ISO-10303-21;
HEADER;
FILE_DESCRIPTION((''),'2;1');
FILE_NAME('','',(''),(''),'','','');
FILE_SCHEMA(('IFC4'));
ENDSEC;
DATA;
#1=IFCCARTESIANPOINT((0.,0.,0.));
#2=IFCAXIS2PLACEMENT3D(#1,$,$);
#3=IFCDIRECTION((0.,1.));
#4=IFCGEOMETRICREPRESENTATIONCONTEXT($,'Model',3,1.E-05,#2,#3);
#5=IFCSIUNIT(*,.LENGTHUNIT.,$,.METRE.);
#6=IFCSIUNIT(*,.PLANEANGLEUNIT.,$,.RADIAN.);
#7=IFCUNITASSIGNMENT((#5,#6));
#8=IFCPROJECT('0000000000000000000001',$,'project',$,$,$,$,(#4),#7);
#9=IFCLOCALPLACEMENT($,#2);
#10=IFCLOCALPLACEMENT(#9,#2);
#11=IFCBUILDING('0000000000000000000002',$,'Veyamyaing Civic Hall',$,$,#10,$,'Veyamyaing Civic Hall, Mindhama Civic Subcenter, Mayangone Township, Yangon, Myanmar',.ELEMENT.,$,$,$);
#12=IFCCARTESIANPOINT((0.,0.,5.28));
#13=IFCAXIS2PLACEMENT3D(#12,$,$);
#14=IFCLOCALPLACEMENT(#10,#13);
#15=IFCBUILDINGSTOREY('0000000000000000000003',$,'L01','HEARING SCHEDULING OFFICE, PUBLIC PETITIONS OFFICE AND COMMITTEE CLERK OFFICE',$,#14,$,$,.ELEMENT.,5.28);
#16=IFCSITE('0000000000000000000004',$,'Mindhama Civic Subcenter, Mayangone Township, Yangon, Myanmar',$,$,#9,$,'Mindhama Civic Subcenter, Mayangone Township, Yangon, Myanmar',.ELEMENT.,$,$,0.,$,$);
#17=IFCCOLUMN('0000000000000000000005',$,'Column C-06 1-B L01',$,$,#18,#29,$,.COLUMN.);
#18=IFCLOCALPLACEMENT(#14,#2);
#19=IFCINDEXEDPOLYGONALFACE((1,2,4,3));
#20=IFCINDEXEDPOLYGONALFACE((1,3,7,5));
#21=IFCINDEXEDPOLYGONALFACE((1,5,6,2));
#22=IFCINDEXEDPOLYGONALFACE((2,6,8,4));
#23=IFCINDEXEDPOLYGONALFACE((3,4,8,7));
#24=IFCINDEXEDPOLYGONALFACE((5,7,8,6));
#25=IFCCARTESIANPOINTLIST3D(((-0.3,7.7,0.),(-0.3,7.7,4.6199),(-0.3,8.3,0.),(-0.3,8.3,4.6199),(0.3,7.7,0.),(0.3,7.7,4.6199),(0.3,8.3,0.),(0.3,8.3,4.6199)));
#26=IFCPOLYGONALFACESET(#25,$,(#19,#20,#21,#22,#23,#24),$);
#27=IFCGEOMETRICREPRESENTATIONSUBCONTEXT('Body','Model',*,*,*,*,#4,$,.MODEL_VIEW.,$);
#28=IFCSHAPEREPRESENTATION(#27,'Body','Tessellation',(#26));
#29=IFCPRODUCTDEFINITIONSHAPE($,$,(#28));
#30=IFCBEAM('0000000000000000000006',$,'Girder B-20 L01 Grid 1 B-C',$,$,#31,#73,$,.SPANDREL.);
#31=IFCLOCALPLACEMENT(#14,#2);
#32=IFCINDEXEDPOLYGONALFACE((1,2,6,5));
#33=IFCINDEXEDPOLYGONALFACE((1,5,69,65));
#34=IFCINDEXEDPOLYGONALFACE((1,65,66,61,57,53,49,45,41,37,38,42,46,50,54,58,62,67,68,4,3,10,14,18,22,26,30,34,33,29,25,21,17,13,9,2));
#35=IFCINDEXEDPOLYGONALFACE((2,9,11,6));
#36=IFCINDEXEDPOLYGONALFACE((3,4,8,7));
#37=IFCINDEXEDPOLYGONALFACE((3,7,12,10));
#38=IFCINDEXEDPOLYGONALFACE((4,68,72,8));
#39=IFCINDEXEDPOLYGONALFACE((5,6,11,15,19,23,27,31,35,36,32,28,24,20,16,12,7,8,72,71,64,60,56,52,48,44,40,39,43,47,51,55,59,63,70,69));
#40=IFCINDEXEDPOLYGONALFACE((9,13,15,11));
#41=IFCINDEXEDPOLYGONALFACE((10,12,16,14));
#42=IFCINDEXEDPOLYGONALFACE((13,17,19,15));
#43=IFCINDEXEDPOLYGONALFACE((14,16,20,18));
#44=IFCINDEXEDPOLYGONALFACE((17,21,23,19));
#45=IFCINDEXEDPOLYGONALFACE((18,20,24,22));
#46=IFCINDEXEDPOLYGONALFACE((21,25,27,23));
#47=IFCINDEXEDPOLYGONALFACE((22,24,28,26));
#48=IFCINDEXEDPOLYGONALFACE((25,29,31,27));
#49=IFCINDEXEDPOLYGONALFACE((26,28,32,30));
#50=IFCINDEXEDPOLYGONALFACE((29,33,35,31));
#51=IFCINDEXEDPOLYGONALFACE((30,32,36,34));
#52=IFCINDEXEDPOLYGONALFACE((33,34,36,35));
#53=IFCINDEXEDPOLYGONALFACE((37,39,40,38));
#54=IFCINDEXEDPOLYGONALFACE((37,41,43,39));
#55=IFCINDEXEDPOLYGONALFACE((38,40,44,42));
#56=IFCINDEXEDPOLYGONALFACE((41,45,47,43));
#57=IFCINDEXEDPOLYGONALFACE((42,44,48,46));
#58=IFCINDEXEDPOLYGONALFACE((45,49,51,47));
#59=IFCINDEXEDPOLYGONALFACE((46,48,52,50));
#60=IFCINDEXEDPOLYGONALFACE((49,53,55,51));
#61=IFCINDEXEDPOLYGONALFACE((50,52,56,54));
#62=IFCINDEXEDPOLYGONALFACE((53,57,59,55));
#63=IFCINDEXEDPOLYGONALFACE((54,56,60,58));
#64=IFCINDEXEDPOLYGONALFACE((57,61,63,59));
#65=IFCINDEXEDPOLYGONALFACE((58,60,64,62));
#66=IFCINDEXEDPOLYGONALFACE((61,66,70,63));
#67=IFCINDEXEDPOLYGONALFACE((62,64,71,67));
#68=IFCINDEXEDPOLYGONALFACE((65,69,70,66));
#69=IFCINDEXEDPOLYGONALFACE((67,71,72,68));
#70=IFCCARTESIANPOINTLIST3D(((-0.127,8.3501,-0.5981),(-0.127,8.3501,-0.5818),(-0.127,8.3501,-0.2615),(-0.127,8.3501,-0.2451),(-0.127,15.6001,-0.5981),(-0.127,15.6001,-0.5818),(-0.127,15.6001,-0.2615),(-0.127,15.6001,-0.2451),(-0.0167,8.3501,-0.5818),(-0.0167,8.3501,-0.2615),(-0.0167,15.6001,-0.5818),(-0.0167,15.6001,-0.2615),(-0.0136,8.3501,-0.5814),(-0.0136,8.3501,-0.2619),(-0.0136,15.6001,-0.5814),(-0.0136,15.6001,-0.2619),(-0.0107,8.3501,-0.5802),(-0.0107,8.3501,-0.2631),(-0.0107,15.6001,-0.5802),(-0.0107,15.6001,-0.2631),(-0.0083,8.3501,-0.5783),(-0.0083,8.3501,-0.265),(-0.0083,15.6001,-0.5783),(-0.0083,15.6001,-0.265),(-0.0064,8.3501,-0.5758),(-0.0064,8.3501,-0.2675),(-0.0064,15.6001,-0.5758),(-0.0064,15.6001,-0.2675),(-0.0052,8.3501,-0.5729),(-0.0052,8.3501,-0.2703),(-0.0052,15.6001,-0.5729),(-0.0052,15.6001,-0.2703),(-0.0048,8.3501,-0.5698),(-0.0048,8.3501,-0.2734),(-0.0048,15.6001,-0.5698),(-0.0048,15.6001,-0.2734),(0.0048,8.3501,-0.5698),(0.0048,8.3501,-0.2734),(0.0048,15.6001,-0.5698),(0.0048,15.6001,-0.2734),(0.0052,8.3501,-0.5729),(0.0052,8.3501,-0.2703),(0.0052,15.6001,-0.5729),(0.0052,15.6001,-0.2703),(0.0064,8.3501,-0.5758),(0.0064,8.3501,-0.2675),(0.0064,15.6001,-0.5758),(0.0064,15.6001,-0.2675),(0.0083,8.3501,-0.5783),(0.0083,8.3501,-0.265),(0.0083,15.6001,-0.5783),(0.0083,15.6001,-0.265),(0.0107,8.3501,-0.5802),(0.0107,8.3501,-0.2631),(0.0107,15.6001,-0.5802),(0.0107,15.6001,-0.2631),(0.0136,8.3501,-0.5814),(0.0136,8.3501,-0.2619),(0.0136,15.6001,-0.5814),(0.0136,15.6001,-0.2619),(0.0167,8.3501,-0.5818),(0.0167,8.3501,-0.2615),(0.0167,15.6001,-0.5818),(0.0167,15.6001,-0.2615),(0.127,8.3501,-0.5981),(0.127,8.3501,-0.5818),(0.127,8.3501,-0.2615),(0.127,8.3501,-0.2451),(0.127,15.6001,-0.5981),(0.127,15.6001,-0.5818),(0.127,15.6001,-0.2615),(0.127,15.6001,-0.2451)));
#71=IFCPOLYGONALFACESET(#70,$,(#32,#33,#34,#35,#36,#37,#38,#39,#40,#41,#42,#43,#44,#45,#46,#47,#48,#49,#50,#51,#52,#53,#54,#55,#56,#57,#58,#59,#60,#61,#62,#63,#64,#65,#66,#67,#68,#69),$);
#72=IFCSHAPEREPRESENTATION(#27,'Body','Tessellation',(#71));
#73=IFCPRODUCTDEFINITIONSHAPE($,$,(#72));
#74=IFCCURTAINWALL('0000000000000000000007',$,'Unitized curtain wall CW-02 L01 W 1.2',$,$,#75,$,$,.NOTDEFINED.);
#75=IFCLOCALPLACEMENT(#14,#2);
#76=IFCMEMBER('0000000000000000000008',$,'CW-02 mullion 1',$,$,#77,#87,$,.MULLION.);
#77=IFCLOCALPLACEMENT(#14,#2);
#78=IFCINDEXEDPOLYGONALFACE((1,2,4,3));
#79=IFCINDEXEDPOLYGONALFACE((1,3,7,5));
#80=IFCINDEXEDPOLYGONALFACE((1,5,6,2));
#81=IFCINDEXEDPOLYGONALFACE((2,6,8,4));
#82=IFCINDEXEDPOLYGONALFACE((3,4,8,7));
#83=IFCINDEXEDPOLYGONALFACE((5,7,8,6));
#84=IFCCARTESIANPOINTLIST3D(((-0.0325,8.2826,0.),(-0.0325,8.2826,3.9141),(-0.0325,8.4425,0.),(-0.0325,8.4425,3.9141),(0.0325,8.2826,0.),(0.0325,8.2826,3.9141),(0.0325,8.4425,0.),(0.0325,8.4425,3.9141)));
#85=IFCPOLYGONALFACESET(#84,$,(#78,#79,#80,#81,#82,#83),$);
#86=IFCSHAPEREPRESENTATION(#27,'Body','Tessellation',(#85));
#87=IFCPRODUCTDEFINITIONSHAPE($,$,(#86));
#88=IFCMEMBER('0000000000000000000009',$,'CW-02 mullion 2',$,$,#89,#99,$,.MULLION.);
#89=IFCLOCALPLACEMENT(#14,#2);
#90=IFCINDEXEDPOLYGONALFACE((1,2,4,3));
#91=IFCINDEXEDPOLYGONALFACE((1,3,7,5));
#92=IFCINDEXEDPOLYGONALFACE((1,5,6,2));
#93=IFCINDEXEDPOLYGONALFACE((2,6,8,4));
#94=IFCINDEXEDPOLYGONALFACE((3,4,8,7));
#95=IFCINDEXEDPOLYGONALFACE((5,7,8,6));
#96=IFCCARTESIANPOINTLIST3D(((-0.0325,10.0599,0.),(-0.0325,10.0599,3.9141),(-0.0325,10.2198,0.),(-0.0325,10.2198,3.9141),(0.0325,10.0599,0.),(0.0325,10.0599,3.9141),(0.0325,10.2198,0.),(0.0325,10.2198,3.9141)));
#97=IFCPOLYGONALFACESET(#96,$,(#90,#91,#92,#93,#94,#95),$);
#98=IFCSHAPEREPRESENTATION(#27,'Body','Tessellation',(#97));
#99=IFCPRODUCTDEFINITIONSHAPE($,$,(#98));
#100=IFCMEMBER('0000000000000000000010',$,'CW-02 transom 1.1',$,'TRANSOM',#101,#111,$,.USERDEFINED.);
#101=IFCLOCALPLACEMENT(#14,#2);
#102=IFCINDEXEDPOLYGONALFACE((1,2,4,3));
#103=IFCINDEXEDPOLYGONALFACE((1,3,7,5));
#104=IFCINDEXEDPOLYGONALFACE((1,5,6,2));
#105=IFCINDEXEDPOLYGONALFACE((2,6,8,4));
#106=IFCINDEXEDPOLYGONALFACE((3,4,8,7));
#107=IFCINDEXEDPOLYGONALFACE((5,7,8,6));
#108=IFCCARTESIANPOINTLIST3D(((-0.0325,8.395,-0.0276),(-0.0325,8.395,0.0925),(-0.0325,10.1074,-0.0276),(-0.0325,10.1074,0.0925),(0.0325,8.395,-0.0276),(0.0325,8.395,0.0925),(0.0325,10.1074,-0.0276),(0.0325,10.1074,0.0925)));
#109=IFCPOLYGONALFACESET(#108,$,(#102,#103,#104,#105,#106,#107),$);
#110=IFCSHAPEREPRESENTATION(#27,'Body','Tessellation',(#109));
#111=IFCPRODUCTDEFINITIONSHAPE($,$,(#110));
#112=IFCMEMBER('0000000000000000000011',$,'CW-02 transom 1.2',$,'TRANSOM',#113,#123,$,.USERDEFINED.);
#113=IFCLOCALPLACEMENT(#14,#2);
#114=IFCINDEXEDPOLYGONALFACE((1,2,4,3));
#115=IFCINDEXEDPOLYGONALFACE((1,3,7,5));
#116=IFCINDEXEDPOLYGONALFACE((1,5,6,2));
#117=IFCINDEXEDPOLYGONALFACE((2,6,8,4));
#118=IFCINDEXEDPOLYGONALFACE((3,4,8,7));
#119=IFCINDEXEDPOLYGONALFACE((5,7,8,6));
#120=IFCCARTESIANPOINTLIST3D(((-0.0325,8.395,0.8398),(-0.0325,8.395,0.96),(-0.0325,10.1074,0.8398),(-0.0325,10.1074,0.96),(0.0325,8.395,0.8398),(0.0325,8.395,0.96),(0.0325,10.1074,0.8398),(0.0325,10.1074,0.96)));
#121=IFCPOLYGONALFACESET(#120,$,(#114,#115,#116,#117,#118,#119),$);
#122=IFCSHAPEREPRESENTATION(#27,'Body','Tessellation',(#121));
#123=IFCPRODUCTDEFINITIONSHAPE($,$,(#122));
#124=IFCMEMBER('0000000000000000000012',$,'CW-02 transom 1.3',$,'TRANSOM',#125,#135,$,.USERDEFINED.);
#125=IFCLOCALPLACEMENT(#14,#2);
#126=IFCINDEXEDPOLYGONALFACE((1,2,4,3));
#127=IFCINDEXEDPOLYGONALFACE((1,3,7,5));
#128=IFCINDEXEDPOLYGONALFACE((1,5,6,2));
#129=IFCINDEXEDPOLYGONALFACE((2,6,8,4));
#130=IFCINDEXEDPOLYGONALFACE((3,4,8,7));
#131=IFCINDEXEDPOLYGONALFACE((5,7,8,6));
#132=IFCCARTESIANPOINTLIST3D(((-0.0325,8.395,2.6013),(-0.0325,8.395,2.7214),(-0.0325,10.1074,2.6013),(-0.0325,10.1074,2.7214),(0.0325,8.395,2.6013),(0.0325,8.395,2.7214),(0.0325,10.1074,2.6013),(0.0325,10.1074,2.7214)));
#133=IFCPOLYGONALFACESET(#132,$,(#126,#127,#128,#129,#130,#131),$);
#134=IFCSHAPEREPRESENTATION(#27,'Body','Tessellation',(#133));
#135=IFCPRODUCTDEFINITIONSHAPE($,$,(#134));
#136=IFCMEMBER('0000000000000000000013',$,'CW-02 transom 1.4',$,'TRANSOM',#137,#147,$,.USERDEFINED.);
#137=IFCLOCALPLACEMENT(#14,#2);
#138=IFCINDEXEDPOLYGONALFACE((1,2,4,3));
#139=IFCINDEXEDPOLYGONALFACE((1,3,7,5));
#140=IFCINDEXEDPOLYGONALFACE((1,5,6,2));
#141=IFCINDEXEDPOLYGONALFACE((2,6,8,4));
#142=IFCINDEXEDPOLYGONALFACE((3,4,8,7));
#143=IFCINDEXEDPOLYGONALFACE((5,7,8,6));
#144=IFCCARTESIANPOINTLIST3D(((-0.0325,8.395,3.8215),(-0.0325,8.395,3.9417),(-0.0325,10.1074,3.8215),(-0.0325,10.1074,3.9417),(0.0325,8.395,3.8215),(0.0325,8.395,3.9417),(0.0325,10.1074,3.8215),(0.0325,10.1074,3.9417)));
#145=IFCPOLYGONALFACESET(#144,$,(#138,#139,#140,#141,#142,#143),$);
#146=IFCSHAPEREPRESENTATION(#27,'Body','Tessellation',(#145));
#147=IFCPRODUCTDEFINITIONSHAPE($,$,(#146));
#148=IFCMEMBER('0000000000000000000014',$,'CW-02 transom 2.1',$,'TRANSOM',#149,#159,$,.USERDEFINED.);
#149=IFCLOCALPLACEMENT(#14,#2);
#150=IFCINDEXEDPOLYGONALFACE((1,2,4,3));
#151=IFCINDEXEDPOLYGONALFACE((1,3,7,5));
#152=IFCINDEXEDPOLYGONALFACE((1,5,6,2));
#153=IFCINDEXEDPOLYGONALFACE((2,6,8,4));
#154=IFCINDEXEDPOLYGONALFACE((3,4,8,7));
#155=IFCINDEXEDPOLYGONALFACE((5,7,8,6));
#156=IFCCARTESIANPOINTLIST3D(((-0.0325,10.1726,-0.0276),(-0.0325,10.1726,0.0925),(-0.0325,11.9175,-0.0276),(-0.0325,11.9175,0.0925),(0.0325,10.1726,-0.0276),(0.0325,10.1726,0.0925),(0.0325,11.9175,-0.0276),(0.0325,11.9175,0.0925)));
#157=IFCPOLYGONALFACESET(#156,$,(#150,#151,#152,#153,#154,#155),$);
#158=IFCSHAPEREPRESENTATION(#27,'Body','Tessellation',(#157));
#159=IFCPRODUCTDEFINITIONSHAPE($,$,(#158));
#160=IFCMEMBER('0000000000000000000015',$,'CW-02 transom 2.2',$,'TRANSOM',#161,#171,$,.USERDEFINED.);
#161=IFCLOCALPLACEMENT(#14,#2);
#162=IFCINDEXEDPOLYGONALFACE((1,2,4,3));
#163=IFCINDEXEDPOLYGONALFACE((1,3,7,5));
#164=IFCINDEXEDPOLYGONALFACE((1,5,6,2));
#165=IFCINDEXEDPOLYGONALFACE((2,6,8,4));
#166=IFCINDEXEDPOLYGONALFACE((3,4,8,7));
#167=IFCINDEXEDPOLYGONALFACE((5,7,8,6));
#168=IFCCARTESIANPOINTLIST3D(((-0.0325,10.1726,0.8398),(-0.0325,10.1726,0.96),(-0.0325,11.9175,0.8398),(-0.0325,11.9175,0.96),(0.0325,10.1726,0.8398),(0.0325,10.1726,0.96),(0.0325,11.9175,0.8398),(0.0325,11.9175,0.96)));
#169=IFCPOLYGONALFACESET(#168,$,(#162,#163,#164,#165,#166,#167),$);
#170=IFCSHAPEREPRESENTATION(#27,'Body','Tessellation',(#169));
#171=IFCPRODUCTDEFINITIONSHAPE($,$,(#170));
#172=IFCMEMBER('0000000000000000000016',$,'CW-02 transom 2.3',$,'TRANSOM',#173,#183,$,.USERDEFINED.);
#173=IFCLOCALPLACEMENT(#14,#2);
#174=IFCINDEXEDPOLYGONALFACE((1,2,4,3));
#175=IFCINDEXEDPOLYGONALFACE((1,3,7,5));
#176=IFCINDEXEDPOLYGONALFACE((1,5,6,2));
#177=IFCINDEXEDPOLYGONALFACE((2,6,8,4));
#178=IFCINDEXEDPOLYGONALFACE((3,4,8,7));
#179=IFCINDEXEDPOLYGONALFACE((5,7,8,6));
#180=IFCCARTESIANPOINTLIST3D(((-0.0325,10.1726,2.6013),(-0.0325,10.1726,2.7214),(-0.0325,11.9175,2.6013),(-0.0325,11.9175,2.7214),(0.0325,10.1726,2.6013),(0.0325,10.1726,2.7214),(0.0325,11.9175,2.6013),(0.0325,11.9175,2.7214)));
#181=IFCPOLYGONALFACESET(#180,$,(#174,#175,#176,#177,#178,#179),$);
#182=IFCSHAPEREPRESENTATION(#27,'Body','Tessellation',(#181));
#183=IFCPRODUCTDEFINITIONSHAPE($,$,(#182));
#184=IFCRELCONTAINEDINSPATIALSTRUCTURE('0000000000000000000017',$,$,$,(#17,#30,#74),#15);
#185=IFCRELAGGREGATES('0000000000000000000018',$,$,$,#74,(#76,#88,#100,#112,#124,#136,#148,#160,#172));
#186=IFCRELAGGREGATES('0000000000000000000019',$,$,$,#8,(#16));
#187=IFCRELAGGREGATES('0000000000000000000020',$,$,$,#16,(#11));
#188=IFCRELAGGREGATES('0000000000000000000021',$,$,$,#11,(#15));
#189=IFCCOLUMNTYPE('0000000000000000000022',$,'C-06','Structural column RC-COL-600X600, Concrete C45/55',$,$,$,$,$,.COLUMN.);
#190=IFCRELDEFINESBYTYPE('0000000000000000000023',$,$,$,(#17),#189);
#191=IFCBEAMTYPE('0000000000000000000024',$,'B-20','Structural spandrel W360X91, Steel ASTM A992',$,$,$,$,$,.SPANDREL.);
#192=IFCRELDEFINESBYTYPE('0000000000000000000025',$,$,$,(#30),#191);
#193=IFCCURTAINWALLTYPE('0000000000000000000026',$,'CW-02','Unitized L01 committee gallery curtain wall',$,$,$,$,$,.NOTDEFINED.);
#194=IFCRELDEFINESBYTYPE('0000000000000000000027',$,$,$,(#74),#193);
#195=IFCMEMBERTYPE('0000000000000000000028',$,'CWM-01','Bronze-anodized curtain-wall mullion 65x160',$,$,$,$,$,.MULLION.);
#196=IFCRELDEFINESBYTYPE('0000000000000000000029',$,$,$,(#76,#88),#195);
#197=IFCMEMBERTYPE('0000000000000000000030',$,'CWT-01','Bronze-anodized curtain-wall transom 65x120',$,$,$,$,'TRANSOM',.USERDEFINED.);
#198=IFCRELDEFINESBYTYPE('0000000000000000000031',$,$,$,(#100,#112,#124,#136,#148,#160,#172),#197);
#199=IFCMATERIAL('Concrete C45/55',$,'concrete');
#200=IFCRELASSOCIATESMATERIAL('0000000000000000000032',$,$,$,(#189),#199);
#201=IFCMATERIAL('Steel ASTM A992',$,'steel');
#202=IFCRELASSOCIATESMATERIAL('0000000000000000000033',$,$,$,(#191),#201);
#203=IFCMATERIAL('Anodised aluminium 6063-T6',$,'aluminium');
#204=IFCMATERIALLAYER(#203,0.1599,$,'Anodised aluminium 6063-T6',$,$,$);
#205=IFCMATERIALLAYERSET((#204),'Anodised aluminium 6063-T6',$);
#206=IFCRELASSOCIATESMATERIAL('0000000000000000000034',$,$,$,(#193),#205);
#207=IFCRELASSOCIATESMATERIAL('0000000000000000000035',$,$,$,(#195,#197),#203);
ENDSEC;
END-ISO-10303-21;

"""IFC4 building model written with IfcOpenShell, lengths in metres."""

from ifc_helpers import new_model, si_unit, direction, frame, origin, origin_2d, place, context, subcontext, project, spatial, rectangle, i_section, extrude, material, layer, layer_set, material_profile, profile_set, type_object, element, aggregate, save


model = new_model("IFC4")

# Units and contexts
model_context = context("Model", 3, precision=1e-05, world=origin(), true_north=direction((0.0, 1.0)))
body_context = subcontext(model_context, "Body", "Model", "MODEL_VIEW")
ifc_project = project(units=[si_unit("LENGTHUNIT", "METRE"), si_unit("PLANEANGLEUNIT", "RADIAN")], contexts=[model_context])

# Site, building, storey
site_placement = place(None, origin())
site = spatial("IfcSite", under=ifc_project, at=site_placement, Name="Mindhama Civic Subcenter, Mayangone Township, Yangon, Myanmar", LongName="Mindhama Civic Subcenter, Mayangone Township, Yangon, Myanmar", CompositionType="ELEMENT", RefElevation=0.0)
building_placement = place(site_placement, origin())
building = spatial("IfcBuilding", under=site, at=building_placement, Name="Veyamyaing Civic Hall", LongName="Veyamyaing Civic Hall, Mindhama Civic Subcenter, Mayangone Township, Yangon, Myanmar", CompositionType="ELEMENT")
storey_placement = place(building_placement, frame((0.0, 0.0, 5.28)))
storey = spatial("IfcBuildingStorey", under=building, at=storey_placement, Name="L01", Description="HEARING SCHEDULING OFFICE, PUBLIC PETITIONS OFFICE AND COMMITTEE CLERK OFFICE", CompositionType="ELEMENT", Elevation=5.28)

# Column
ifc_material_1 = material(Name="Concrete C45/55", Category="concrete")
ifc_material_profile_1 = material_profile(ifc_material_1, rectangle(XDim=0.6001, YDim=0.6001, at=origin_2d()), Name="RC-COL-600X600")
ifc_profile_set_1 = profile_set([ifc_material_profile_1], Name="Concrete C45/55")
column_type = type_object("IfcColumnType", Name="C-06", Description="Structural column RC-COL-600X600, Concrete C45/55", PredefinedType="COLUMN", material=ifc_profile_set_1)
column_placement = place(storey_placement, frame((0.0, 8.0, 0.0), z_axis=(0.0, 0.0, 1.0), x_axis=(1.0, 0.0, 0.0)))
element("IfcColumn", 1, at=column_placement, inside=storey, type_object=column_type, Name="Column C-06 1-B L01", PredefinedType="COLUMN", context=body_context, shape_type="SweptSolid", body=[
    extrude(rectangle(XDim=0.6001, YDim=0.6001, at=origin_2d()), origin(), (0.0, 0.0, 1.0), 4.6199),
])

# Beam
ifc_material_2 = material(Name="Steel ASTM A992", Category="steel")
ifc_material_profile_2 = material_profile(ifc_material_2, i_section(OverallWidth=0.2539, OverallDepth=0.353, WebThickness=0.0095, FlangeThickness=0.0164, FilletRadius=0.012, at=origin_2d()), Name="W360X91")
ifc_profile_set_2 = profile_set([ifc_material_profile_2], Name="Steel ASTM A992")
beam_type = type_object("IfcBeamType", Name="B-20", Description="Structural spandrel W360X91, Steel ASTM A992", PredefinedType="SPANDREL", material=ifc_profile_set_2)
beam_placement = place(storey_placement, frame((0.0, 8.3501, -0.4216), z_axis=(0.0, 1.0, 0.0), x_axis=(-1.0, 0.0, 0.0)))
element("IfcBeam", 2, at=beam_placement, inside=storey, type_object=beam_type, Name="Girder B-20 L01 Grid 1 B-C", PredefinedType="SPANDREL", context=body_context, shape_type="SweptSolid", body=[
    extrude(i_section(OverallWidth=0.2539, OverallDepth=0.353, WebThickness=0.0095, FlangeThickness=0.0164, FilletRadius=0.012, at=origin_2d()), origin(), (0.0, 0.0, 1.0), 7.25),
])

# Curtain wall, members
ifc_material_3 = material(Name="Anodised aluminium 6063-T6", Category="aluminium")
ifc_layer_1 = layer(ifc_material_3, 0.1599, Name="Anodised aluminium 6063-T6")
ifc_layer_set_1 = layer_set([ifc_layer_1], Name="Anodised aluminium 6063-T6")
curtain_wall_type = type_object("IfcCurtainWallType", Name="CW-02", Description="Unitized L01 committee gallery curtain wall", PredefinedType="NOTDEFINED", material=ifc_layer_set_1)
curtain_wall_placement = place(storey_placement, origin())
curtain_wall = element("IfcCurtainWall", 3, at=curtain_wall_placement, inside=storey, type_object=curtain_wall_type, Name="Unitized curtain wall CW-02 L01 W 1.2", PredefinedType="NOTDEFINED")
ifc_material_profile_3 = material_profile(ifc_material_3, rectangle(XDim=0.0649, YDim=0.1599, at=origin_2d()), Name="ALU-MUL-65X160")
ifc_profile_set_3 = profile_set([ifc_material_profile_3], Name="Anodised aluminium 6063-T6")
member_type_1 = type_object("IfcMemberType", Name="CWM-01", Description="Bronze-anodized curtain-wall mullion 65x160", PredefinedType="MULLION", material=ifc_profile_set_3)
member_1_placement = place(storey_placement, frame((0.0, 8.3625, 0.0), z_axis=(0.0, 0.0, 1.0), x_axis=(-1.0, 0.0, 0.0)))
member_1 = element("IfcMember", 4, at=member_1_placement, type_object=member_type_1, Name="CW-02 mullion 1", PredefinedType="MULLION", context=body_context, shape_type="SweptSolid", body=[
    extrude(rectangle(XDim=0.0649, YDim=0.1599, at=origin_2d()), origin(), (0.0, 0.0, 1.0), 3.9141),
])
member_2_placement = place(storey_placement, frame((0.0, 10.1399, 0.0), z_axis=(0.0, 0.0, 1.0), x_axis=(-1.0, 0.0, 0.0)))
member_2 = element("IfcMember", 5, at=member_2_placement, type_object=member_type_1, Name="CW-02 mullion 2", PredefinedType="MULLION", context=body_context, shape_type="SweptSolid", body=[
    extrude(rectangle(XDim=0.0649, YDim=0.1599, at=origin_2d()), origin(), (0.0, 0.0, 1.0), 3.9141),
])
ifc_material_profile_4 = material_profile(ifc_material_3, rectangle(XDim=0.0649, YDim=0.1201, at=origin_2d()), Name="ALU-TRN-65X120")
ifc_profile_set_4 = profile_set([ifc_material_profile_4], Name="Anodised aluminium 6063-T6")
member_type_2 = type_object("IfcMemberType", Name="CWT-01", Description="Bronze-anodized curtain-wall transom 65x120", ElementType="TRANSOM", PredefinedType="USERDEFINED", material=ifc_profile_set_4)
member_3_placement = place(storey_placement, frame((0.0, 8.395, 0.0325), z_axis=(0.0, 1.0, 0.0), x_axis=(-1.0, 0.0, 0.0)))
member_3 = element("IfcMember", 6, at=member_3_placement, type_object=member_type_2, Name="CW-02 transom 1.1", ObjectType="TRANSOM", PredefinedType="USERDEFINED", context=body_context, shape_type="SweptSolid", body=[
    extrude(rectangle(XDim=0.0649, YDim=0.1201, at=origin_2d()), origin(), (0.0, 0.0, 1.0), 1.7124),
])
member_4_placement = place(storey_placement, frame((0.0, 8.395, 0.8999), z_axis=(0.0, 1.0, 0.0), x_axis=(-1.0, 0.0, 0.0)))
member_4 = element("IfcMember", 7, at=member_4_placement, type_object=member_type_2, Name="CW-02 transom 1.2", ObjectType="TRANSOM", PredefinedType="USERDEFINED", context=body_context, shape_type="SweptSolid", body=[
    extrude(rectangle(XDim=0.0649, YDim=0.1201, at=origin_2d()), origin(), (0.0, 0.0, 1.0), 1.7124),
])
member_5_placement = place(storey_placement, frame((0.0, 8.395, 2.6614), z_axis=(0.0, 1.0, 0.0), x_axis=(-1.0, 0.0, 0.0)))
member_5 = element("IfcMember", 8, at=member_5_placement, type_object=member_type_2, Name="CW-02 transom 1.3", ObjectType="TRANSOM", PredefinedType="USERDEFINED", context=body_context, shape_type="SweptSolid", body=[
    extrude(rectangle(XDim=0.0649, YDim=0.1201, at=origin_2d()), origin(), (0.0, 0.0, 1.0), 1.7124),
])
member_6_placement = place(storey_placement, frame((0.0, 8.395, 3.8816), z_axis=(0.0, 1.0, 0.0), x_axis=(-1.0, 0.0, 0.0)))
member_6 = element("IfcMember", 9, at=member_6_placement, type_object=member_type_2, Name="CW-02 transom 1.4", ObjectType="TRANSOM", PredefinedType="USERDEFINED", context=body_context, shape_type="SweptSolid", body=[
    extrude(rectangle(XDim=0.0649, YDim=0.1201, at=origin_2d()), origin(), (0.0, 0.0, 1.0), 1.7124),
])
member_7_placement = place(storey_placement, frame((0.0, 10.1726, 0.0325), z_axis=(0.0, 1.0, 0.0), x_axis=(-1.0, 0.0, 0.0)))
member_7 = element("IfcMember", 10, at=member_7_placement, type_object=member_type_2, Name="CW-02 transom 2.1", ObjectType="TRANSOM", PredefinedType="USERDEFINED", context=body_context, shape_type="SweptSolid", body=[
    extrude(rectangle(XDim=0.0649, YDim=0.1201, at=origin_2d()), origin(), (0.0, 0.0, 1.0), 1.7449),
])
member_8_placement = place(storey_placement, frame((0.0, 10.1726, 0.8999), z_axis=(0.0, 1.0, 0.0), x_axis=(-1.0, 0.0, 0.0)))
member_8 = element("IfcMember", 11, at=member_8_placement, type_object=member_type_2, Name="CW-02 transom 2.2", ObjectType="TRANSOM", PredefinedType="USERDEFINED", context=body_context, shape_type="SweptSolid", body=[
    extrude(rectangle(XDim=0.0649, YDim=0.1201, at=origin_2d()), origin(), (0.0, 0.0, 1.0), 1.7449),
])
member_9_placement = place(storey_placement, frame((0.0, 10.1726, 2.6614), z_axis=(0.0, 1.0, 0.0), x_axis=(-1.0, 0.0, 0.0)))
member_9 = element("IfcMember", 12, at=member_9_placement, type_object=member_type_2, Name="CW-02 transom 2.3", ObjectType="TRANSOM", PredefinedType="USERDEFINED", context=body_context, shape_type="SweptSolid", body=[
    extrude(rectangle(XDim=0.0649, YDim=0.1201, at=origin_2d()), origin(), (0.0, 0.0, 1.0), 1.7449),
])
aggregate(curtain_wall, [member_1, member_2, member_3, member_4, member_5, member_6, member_7, member_8, member_9])

save(model, "model.ifc")
